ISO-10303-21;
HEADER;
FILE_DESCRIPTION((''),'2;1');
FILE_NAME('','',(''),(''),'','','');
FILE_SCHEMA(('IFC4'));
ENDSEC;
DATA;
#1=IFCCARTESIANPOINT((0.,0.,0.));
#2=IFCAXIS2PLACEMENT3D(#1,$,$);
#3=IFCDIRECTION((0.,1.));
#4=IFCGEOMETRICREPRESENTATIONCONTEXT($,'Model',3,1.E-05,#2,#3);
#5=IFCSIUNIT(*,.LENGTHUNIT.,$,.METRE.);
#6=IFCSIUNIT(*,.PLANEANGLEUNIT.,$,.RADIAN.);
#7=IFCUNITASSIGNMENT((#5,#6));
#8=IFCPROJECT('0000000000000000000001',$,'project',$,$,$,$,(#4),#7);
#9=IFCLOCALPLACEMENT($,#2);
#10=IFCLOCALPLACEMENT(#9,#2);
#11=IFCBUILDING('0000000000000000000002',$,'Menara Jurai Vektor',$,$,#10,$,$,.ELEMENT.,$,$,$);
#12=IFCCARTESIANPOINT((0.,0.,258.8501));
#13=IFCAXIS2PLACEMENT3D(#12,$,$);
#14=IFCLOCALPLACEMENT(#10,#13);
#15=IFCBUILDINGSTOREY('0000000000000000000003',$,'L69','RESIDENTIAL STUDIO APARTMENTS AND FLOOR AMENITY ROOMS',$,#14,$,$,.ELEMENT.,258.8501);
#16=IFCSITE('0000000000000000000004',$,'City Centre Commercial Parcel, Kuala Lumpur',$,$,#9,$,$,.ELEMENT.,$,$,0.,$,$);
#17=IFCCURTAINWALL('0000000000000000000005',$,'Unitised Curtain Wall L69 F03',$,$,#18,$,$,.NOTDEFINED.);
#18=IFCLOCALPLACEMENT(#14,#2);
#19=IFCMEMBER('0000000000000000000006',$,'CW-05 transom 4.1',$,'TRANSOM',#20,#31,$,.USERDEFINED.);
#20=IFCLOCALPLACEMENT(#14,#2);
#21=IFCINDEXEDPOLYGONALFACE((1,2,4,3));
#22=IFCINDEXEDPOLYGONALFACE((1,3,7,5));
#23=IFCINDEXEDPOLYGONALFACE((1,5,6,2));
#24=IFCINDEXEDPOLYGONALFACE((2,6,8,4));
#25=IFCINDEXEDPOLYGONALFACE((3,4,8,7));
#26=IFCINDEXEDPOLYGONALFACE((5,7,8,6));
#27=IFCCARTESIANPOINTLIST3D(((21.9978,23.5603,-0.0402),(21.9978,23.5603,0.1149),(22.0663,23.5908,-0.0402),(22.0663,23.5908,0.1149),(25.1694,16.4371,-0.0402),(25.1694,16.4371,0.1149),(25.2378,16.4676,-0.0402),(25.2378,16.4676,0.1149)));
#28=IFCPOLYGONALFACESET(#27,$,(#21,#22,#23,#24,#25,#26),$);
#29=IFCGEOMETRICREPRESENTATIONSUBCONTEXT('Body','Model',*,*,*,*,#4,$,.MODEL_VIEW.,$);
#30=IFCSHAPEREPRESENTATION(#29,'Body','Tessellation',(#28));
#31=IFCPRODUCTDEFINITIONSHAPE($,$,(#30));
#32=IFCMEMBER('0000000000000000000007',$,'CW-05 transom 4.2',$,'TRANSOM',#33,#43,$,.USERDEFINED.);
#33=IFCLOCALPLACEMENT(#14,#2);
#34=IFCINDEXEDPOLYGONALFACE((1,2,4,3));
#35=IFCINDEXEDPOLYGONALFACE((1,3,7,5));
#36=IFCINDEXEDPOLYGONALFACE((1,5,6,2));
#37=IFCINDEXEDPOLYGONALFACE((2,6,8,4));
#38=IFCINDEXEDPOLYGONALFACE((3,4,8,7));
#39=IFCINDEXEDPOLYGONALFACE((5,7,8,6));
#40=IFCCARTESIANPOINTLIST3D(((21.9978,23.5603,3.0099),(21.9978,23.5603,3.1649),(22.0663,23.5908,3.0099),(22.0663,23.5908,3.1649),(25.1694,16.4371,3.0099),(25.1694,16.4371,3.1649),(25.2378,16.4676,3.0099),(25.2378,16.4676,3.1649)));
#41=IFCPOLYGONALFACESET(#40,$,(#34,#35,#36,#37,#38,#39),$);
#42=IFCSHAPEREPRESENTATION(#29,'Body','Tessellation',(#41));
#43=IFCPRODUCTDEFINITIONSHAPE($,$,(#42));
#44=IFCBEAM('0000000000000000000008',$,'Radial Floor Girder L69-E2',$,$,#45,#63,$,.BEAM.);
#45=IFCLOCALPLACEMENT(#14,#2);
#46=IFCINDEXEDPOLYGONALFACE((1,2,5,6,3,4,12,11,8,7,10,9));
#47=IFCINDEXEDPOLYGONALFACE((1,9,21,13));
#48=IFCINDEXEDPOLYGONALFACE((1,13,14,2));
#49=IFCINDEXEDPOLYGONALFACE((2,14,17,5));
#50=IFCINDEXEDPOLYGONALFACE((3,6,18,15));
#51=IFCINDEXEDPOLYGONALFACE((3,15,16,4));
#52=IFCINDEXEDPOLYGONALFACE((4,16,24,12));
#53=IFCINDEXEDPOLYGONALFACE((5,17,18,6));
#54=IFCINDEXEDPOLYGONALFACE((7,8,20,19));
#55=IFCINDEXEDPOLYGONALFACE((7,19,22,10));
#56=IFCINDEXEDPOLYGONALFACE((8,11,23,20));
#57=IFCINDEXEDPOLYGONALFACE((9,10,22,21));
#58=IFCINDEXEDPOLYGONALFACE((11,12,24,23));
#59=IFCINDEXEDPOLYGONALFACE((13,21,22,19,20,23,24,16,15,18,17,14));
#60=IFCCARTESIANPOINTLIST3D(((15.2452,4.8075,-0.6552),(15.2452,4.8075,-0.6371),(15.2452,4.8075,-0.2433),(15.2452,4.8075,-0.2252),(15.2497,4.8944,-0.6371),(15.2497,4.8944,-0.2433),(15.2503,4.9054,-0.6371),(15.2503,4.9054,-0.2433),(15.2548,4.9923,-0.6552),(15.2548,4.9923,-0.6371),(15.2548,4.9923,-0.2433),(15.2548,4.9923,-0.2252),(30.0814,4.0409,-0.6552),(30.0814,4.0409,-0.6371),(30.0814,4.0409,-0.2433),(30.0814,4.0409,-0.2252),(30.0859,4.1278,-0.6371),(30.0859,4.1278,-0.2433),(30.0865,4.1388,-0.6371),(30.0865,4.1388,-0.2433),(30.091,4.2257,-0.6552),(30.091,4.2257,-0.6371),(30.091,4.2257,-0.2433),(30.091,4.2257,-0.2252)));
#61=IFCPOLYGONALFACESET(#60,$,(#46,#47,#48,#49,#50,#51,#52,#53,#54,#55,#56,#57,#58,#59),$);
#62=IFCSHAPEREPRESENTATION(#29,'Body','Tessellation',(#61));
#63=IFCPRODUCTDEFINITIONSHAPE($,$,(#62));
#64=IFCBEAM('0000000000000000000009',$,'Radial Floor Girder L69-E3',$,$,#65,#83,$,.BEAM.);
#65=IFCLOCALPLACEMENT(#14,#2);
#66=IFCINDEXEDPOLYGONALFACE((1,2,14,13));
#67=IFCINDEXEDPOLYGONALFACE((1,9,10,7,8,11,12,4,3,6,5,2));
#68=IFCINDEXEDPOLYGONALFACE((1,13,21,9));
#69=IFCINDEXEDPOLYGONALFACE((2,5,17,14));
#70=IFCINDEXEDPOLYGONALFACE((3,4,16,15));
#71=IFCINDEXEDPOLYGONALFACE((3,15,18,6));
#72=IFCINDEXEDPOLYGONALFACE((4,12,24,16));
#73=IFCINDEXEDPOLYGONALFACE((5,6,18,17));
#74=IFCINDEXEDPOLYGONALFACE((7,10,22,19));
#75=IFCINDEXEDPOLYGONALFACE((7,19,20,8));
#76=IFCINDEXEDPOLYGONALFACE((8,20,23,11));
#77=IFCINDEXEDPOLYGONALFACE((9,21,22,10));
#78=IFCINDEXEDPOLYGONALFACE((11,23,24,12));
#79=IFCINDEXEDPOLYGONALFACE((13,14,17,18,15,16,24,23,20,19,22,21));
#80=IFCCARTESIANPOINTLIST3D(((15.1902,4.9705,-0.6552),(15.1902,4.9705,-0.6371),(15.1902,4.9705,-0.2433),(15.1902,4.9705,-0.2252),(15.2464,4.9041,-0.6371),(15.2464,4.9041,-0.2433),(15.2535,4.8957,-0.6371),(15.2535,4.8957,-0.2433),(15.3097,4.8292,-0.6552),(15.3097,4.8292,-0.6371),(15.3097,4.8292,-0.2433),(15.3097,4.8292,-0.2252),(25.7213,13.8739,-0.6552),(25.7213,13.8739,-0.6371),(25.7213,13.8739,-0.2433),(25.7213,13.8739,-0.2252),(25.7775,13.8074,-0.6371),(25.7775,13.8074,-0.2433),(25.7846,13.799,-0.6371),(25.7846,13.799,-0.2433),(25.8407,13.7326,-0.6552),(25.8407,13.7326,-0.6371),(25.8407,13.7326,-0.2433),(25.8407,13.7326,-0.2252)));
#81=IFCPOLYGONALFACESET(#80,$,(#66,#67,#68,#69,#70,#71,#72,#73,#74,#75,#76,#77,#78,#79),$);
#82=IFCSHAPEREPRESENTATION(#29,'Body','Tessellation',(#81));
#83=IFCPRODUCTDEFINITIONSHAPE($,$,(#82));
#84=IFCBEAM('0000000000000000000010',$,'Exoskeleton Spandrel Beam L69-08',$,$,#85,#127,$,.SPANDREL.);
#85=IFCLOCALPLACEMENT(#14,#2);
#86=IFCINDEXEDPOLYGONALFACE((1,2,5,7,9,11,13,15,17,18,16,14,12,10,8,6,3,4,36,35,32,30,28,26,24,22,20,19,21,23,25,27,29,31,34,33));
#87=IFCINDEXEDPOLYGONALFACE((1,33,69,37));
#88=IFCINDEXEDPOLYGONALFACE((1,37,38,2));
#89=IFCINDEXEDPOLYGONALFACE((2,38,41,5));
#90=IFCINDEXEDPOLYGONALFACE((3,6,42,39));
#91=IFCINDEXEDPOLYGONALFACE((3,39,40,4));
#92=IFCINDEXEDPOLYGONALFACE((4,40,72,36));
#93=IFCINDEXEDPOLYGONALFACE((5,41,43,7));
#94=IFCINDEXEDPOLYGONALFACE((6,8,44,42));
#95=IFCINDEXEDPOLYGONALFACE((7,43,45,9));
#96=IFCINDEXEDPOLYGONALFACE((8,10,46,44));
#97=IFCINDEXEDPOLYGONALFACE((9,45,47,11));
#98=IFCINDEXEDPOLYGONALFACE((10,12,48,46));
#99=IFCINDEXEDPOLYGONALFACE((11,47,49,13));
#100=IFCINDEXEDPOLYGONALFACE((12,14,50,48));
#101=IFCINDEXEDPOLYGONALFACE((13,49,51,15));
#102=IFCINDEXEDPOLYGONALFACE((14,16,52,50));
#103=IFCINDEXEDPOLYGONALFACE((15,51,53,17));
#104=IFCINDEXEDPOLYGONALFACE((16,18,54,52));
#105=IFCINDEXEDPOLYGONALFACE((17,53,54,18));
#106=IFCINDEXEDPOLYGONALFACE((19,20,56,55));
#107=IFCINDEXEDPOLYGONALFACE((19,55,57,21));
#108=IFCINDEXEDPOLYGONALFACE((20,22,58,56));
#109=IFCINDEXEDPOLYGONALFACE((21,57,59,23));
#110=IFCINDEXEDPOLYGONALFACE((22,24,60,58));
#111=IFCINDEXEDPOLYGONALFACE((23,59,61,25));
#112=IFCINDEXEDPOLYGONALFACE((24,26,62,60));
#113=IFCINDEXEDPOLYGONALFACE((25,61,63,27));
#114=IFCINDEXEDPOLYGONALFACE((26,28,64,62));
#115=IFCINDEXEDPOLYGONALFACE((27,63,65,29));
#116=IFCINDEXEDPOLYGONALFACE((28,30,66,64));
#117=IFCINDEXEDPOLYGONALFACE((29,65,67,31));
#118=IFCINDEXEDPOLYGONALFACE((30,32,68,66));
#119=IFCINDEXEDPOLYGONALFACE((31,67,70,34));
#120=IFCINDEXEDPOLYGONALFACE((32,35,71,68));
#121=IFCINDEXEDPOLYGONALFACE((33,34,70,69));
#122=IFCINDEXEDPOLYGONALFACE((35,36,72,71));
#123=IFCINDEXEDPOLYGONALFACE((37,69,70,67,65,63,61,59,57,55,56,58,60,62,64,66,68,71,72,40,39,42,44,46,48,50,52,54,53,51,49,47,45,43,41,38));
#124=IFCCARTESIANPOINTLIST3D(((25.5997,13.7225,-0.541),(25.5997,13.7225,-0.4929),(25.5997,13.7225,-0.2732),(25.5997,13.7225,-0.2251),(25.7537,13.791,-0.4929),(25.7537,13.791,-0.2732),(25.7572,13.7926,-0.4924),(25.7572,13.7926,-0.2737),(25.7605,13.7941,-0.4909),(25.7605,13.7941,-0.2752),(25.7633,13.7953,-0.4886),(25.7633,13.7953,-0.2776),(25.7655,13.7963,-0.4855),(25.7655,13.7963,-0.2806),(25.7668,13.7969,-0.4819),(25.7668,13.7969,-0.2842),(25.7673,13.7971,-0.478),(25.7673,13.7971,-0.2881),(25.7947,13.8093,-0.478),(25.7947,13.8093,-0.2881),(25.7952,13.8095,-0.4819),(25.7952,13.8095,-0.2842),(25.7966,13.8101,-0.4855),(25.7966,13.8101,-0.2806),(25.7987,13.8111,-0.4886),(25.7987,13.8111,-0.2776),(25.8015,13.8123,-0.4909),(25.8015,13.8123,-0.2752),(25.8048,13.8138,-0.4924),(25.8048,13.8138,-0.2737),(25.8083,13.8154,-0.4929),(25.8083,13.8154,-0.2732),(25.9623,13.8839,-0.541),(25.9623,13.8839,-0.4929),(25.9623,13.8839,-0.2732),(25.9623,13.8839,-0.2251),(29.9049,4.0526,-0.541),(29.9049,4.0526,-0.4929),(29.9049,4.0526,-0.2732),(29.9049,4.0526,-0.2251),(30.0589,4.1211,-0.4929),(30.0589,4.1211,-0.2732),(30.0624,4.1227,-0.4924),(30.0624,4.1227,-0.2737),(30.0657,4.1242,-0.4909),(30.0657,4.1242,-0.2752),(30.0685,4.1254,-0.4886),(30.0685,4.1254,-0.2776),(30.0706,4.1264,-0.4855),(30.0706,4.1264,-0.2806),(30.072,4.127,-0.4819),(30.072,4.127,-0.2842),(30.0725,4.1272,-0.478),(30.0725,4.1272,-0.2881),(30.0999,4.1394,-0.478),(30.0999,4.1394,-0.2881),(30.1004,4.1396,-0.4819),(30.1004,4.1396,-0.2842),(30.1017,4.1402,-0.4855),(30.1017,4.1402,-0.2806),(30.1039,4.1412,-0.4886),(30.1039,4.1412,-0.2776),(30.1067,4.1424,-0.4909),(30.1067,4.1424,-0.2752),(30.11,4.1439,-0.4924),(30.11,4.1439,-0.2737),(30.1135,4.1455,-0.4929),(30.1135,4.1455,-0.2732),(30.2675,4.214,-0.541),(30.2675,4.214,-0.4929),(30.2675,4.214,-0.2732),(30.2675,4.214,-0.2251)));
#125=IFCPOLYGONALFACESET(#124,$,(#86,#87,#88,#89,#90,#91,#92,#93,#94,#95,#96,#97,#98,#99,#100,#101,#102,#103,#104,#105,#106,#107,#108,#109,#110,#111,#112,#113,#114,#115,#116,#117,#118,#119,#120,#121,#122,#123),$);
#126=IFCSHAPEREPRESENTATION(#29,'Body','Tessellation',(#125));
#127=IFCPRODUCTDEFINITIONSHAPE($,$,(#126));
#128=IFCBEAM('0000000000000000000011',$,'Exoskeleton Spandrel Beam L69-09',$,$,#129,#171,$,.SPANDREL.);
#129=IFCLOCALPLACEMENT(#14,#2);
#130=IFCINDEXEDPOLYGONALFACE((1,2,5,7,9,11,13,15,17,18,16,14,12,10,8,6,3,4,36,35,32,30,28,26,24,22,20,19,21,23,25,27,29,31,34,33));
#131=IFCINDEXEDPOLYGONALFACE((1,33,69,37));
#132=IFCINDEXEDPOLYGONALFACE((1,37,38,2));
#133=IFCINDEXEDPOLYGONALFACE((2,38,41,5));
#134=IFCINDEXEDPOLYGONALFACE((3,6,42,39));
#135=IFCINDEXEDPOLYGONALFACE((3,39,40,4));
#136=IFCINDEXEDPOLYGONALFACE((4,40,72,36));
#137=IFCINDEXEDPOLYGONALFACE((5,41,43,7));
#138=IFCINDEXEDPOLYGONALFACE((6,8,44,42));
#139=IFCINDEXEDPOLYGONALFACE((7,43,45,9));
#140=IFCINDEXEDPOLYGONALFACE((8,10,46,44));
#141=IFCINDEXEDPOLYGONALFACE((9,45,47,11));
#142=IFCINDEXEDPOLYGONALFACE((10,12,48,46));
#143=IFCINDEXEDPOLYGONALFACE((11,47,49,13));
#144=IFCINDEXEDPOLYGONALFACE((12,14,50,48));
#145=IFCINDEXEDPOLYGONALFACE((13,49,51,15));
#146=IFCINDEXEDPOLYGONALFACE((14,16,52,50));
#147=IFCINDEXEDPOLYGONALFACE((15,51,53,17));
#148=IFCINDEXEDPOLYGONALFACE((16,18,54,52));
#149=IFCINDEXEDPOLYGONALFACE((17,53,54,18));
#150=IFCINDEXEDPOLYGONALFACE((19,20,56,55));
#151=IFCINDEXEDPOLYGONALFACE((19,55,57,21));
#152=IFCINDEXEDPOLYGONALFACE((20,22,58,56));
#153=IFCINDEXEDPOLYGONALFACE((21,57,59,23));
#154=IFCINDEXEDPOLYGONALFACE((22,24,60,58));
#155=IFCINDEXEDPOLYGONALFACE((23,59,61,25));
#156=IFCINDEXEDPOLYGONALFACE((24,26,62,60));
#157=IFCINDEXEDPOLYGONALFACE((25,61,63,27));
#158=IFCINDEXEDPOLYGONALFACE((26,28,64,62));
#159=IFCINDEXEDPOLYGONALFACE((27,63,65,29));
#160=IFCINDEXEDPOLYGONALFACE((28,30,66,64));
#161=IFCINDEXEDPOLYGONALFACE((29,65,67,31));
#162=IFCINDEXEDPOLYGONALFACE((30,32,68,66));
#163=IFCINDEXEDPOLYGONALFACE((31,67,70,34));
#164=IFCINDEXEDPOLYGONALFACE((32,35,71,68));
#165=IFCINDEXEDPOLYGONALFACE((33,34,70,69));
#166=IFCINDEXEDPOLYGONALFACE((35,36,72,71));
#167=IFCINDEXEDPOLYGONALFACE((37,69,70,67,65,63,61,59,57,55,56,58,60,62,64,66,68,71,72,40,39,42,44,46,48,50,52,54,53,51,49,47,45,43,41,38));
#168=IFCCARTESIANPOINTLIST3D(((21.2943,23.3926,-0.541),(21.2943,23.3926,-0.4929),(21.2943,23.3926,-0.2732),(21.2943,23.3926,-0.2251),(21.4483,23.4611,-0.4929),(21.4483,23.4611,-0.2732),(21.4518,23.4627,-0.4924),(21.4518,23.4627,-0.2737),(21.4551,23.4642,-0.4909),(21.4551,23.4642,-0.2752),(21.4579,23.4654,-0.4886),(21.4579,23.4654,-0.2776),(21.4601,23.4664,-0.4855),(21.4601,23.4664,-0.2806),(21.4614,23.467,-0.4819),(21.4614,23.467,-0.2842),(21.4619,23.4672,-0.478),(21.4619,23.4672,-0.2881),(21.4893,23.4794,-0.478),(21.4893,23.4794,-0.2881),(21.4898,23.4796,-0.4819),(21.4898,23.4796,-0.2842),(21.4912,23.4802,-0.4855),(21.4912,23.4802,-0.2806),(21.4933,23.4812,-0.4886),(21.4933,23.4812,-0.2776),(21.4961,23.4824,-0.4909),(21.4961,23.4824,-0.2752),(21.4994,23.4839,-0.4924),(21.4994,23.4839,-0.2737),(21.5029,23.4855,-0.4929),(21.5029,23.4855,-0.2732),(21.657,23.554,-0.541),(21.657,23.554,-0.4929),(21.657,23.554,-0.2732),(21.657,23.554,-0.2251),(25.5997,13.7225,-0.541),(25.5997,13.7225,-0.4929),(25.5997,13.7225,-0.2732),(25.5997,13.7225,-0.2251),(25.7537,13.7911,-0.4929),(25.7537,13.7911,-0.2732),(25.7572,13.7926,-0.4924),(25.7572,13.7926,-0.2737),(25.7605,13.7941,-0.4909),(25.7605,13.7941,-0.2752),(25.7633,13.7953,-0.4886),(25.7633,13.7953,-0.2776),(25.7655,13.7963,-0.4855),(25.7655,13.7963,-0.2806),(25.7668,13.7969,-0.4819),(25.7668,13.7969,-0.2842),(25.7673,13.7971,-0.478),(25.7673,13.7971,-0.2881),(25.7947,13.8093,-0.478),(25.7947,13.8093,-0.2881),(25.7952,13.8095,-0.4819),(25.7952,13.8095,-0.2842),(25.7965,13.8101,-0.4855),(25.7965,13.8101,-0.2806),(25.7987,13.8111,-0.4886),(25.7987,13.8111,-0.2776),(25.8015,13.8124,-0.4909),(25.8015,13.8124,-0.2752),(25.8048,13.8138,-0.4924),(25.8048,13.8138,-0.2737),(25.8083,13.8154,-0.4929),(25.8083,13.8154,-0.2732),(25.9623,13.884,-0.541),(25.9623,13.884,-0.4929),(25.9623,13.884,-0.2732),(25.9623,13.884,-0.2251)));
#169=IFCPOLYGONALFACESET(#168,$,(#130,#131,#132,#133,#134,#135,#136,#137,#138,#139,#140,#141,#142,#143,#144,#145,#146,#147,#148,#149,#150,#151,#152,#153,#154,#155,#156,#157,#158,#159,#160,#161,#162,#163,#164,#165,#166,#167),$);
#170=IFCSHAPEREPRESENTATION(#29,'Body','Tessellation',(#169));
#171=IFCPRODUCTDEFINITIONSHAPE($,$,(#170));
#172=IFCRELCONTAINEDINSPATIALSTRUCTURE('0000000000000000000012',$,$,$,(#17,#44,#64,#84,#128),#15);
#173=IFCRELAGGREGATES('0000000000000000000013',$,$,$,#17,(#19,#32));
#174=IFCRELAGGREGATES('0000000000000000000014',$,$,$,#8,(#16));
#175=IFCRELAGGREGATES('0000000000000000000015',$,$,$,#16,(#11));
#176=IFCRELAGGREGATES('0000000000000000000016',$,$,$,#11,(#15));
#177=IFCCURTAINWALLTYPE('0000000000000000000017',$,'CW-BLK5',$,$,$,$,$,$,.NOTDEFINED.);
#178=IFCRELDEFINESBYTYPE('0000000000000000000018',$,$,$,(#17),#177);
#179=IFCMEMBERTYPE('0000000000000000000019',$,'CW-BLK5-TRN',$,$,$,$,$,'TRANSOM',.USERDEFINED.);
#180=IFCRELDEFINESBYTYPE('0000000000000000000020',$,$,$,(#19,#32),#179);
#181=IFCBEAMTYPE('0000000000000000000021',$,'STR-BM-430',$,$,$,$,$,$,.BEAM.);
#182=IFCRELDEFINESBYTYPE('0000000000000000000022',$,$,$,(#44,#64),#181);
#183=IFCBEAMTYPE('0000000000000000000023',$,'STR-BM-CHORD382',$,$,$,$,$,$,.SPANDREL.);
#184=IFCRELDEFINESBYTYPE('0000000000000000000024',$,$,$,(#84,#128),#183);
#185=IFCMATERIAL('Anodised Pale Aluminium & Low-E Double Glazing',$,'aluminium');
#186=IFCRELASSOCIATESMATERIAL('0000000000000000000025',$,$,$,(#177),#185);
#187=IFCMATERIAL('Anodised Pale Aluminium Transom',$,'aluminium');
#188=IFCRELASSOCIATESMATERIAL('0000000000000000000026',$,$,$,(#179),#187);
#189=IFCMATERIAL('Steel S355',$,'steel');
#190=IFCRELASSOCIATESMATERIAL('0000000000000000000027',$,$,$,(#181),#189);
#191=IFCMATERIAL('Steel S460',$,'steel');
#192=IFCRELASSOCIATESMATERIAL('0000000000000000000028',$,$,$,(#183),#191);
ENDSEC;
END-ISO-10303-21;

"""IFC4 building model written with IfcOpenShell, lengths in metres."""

from ifc_helpers import new_model, si_unit, direction, frame, origin, origin_2d, place, context, subcontext, project, spatial, rectangle, i_section, extrude, material, material_profile, profile_set, type_object, element, aggregate, save


model = new_model("IFC4")

# Units and contexts
model_context = context("Model", 3, precision=1e-05, world=origin(), true_north=direction((0.0, 1.0)))
body_context = subcontext(model_context, "Body", "Model", "MODEL_VIEW")
ifc_project = project(units=[si_unit("LENGTHUNIT", "METRE"), si_unit("PLANEANGLEUNIT", "RADIAN")], contexts=[model_context])

# Site, building, storey
site_placement = place(None, origin())
site = spatial("IfcSite", under=ifc_project, at=site_placement, Name="City Centre Commercial Parcel, Kuala Lumpur", CompositionType="ELEMENT", RefElevation=0.0)
building_placement = place(site_placement, origin())
building = spatial("IfcBuilding", under=site, at=building_placement, Name="Menara Jurai Vektor", CompositionType="ELEMENT")
storey_placement = place(building_placement, frame((0.0, 0.0, 258.8501)))
storey = spatial("IfcBuildingStorey", under=building, at=storey_placement, Name="L69", Description="RESIDENTIAL STUDIO APARTMENTS AND FLOOR AMENITY ROOMS", CompositionType="ELEMENT", Elevation=258.8501)

# Shared definitions
ifc_material_1 = material(Name="Steel S460", Category="steel")

# Curtain wall, members
ifc_material_2 = material(Name="Anodised Pale Aluminium & Low-E Double Glazing", Category="aluminium")
curtain_wall_type = type_object("IfcCurtainWallType", Name="CW-BLK5", PredefinedType="NOTDEFINED", material=ifc_material_2)
curtain_wall_placement = place(storey_placement, origin())
curtain_wall = element("IfcCurtainWall", 1, at=curtain_wall_placement, inside=storey, type_object=curtain_wall_type, Name="Unitised Curtain Wall L69 F03", PredefinedType="NOTDEFINED")
ifc_material_3 = material(Name="Anodised Pale Aluminium Transom", Category="aluminium")
ifc_material_profile_1 = material_profile(ifc_material_3, rectangle(XDim=0.075, YDim=0.155, at=origin_2d()), Name="ALU TRN 75x155")
ifc_profile_set_1 = profile_set([ifc_material_profile_1], Name="Anodised Pale Aluminium Transom")
member_type_1 = type_object("IfcMemberType", Name="CW-BLK5-TRN", ElementType="TRANSOM", PredefinedType="USERDEFINED", material=ifc_profile_set_1)
member_1_placement = place(storey_placement, frame((25.2036, 16.4524, 0.0374), z_axis=(-0.406751, 0.913539, 0.0), x_axis=(-0.913539, -0.406751, 0.0)))
member_1 = element("IfcMember", 2, at=member_1_placement, type_object=member_type_1, Name="CW-05 transom 4.1", ObjectType="TRANSOM", PredefinedType="USERDEFINED", context=body_context, shape_type="SweptSolid", body=[
    extrude(rectangle(XDim=0.075, YDim=0.155, at=origin_2d()), origin(), (0.0, 0.0, 1.0), 7.7974),
])
member_2_placement = place(storey_placement, frame((25.2036, 16.4524, 3.0874), z_axis=(-0.406751, 0.913539, 0.0), x_axis=(-0.913539, -0.406751, 0.0)))
member_2 = element("IfcMember", 3, at=member_2_placement, type_object=member_type_1, Name="CW-05 transom 4.2", ObjectType="TRANSOM", PredefinedType="USERDEFINED", context=body_context, shape_type="SweptSolid", body=[
    extrude(rectangle(XDim=0.075, YDim=0.155, at=origin_2d()), origin(), (0.0, 0.0, 1.0), 7.7974),
])

# Beams
ifc_material_4 = material(Name="Steel S355", Category="steel")
ifc_material_profile_2 = material_profile(ifc_material_4, i_section(OverallWidth=0.1851, OverallDepth=0.4299, WebThickness=0.011, FlangeThickness=0.0181, at=origin_2d()), Name="PG 430x185x76")
ifc_profile_set_2 = profile_set([ifc_material_profile_2], Name="Steel S355")
beam_type_1 = type_object("IfcBeamType", Name="STR-BM-430", PredefinedType="BEAM", material=ifc_profile_set_2)
beam_1_placement = place(storey_placement, frame((30.0862, 4.1333, -0.4402), z_axis=(-0.998668, 0.051602, 0.0), x_axis=(-0.051602, -0.998668, 0.0)))
element("IfcBeam", 4, at=beam_1_placement, inside=storey, type_object=beam_type_1, Name="Radial Floor Girder L69-E2", PredefinedType="BEAM", context=body_context, shape_type="SweptSolid", body=[
    extrude(i_section(OverallWidth=0.1851, OverallDepth=0.4299, WebThickness=0.011, FlangeThickness=0.0181, at=origin_2d()), origin(), (0.0, 0.0, 1.0), 14.856),
])
beam_2_placement = place(storey_placement, frame((25.781, 13.8032, -0.4402), z_axis=(-0.763656, -0.645624, 0.0), x_axis=(0.645624, -0.763656, 0.0)))
element("IfcBeam", 5, at=beam_2_placement, inside=storey, type_object=beam_type_1, Name="Radial Floor Girder L69-E3", PredefinedType="BEAM", context=body_context, shape_type="SweptSolid", body=[
    extrude(i_section(OverallWidth=0.1851, OverallDepth=0.4299, WebThickness=0.011, FlangeThickness=0.0181, at=origin_2d()), origin(), (0.0, 0.0, 1.0), 13.7903),
])
ifc_material_profile_3 = material_profile(ifc_material_1, i_section(OverallWidth=0.397, OverallDepth=0.3159, WebThickness=0.03, FlangeThickness=0.0481, FilletRadius=0.0149, at=origin_2d()), Name="HD 400x382")
ifc_profile_set_3 = profile_set([ifc_material_profile_3], Name="Steel S460")
beam_type_2 = type_object("IfcBeamType", Name="STR-BM-CHORD382", PredefinedType="SPANDREL", material=ifc_profile_set_3)
beam_3_placement = place(storey_placement, frame((30.0862, 4.1333, -0.3831), z_axis=(-0.406725, 0.913551, 0.0), x_axis=(-0.913551, -0.406725, 0.0)))
element("IfcBeam", 6, at=beam_3_placement, inside=storey, type_object=beam_type_2, Name="Exoskeleton Spandrel Beam L69-08", PredefinedType="SPANDREL", context=body_context, shape_type="SweptSolid", body=[
    extrude(i_section(OverallWidth=0.397, OverallDepth=0.3159, WebThickness=0.03, FlangeThickness=0.0481, FilletRadius=0.0149, at=origin_2d()), origin(), (0.0, 0.0, 1.0), 10.585),
])
beam_4_placement = place(storey_placement, frame((25.781, 13.8032, -0.3831), z_axis=(-0.406735, 0.913546, 0.0), x_axis=(-0.913546, -0.406735, 0.0)))
element("IfcBeam", 7, at=beam_4_placement, inside=storey, type_object=beam_type_2, Name="Exoskeleton Spandrel Beam L69-09", PredefinedType="SPANDREL", context=body_context, shape_type="SweptSolid", body=[
    extrude(i_section(OverallWidth=0.397, OverallDepth=0.3159, WebThickness=0.03, FlangeThickness=0.0481, FilletRadius=0.0149, at=origin_2d()), origin(), (0.0, 0.0, 1.0), 10.5852),
])

aggregate(curtain_wall, [member_1, member_2])

save(model, "model.ifc")
